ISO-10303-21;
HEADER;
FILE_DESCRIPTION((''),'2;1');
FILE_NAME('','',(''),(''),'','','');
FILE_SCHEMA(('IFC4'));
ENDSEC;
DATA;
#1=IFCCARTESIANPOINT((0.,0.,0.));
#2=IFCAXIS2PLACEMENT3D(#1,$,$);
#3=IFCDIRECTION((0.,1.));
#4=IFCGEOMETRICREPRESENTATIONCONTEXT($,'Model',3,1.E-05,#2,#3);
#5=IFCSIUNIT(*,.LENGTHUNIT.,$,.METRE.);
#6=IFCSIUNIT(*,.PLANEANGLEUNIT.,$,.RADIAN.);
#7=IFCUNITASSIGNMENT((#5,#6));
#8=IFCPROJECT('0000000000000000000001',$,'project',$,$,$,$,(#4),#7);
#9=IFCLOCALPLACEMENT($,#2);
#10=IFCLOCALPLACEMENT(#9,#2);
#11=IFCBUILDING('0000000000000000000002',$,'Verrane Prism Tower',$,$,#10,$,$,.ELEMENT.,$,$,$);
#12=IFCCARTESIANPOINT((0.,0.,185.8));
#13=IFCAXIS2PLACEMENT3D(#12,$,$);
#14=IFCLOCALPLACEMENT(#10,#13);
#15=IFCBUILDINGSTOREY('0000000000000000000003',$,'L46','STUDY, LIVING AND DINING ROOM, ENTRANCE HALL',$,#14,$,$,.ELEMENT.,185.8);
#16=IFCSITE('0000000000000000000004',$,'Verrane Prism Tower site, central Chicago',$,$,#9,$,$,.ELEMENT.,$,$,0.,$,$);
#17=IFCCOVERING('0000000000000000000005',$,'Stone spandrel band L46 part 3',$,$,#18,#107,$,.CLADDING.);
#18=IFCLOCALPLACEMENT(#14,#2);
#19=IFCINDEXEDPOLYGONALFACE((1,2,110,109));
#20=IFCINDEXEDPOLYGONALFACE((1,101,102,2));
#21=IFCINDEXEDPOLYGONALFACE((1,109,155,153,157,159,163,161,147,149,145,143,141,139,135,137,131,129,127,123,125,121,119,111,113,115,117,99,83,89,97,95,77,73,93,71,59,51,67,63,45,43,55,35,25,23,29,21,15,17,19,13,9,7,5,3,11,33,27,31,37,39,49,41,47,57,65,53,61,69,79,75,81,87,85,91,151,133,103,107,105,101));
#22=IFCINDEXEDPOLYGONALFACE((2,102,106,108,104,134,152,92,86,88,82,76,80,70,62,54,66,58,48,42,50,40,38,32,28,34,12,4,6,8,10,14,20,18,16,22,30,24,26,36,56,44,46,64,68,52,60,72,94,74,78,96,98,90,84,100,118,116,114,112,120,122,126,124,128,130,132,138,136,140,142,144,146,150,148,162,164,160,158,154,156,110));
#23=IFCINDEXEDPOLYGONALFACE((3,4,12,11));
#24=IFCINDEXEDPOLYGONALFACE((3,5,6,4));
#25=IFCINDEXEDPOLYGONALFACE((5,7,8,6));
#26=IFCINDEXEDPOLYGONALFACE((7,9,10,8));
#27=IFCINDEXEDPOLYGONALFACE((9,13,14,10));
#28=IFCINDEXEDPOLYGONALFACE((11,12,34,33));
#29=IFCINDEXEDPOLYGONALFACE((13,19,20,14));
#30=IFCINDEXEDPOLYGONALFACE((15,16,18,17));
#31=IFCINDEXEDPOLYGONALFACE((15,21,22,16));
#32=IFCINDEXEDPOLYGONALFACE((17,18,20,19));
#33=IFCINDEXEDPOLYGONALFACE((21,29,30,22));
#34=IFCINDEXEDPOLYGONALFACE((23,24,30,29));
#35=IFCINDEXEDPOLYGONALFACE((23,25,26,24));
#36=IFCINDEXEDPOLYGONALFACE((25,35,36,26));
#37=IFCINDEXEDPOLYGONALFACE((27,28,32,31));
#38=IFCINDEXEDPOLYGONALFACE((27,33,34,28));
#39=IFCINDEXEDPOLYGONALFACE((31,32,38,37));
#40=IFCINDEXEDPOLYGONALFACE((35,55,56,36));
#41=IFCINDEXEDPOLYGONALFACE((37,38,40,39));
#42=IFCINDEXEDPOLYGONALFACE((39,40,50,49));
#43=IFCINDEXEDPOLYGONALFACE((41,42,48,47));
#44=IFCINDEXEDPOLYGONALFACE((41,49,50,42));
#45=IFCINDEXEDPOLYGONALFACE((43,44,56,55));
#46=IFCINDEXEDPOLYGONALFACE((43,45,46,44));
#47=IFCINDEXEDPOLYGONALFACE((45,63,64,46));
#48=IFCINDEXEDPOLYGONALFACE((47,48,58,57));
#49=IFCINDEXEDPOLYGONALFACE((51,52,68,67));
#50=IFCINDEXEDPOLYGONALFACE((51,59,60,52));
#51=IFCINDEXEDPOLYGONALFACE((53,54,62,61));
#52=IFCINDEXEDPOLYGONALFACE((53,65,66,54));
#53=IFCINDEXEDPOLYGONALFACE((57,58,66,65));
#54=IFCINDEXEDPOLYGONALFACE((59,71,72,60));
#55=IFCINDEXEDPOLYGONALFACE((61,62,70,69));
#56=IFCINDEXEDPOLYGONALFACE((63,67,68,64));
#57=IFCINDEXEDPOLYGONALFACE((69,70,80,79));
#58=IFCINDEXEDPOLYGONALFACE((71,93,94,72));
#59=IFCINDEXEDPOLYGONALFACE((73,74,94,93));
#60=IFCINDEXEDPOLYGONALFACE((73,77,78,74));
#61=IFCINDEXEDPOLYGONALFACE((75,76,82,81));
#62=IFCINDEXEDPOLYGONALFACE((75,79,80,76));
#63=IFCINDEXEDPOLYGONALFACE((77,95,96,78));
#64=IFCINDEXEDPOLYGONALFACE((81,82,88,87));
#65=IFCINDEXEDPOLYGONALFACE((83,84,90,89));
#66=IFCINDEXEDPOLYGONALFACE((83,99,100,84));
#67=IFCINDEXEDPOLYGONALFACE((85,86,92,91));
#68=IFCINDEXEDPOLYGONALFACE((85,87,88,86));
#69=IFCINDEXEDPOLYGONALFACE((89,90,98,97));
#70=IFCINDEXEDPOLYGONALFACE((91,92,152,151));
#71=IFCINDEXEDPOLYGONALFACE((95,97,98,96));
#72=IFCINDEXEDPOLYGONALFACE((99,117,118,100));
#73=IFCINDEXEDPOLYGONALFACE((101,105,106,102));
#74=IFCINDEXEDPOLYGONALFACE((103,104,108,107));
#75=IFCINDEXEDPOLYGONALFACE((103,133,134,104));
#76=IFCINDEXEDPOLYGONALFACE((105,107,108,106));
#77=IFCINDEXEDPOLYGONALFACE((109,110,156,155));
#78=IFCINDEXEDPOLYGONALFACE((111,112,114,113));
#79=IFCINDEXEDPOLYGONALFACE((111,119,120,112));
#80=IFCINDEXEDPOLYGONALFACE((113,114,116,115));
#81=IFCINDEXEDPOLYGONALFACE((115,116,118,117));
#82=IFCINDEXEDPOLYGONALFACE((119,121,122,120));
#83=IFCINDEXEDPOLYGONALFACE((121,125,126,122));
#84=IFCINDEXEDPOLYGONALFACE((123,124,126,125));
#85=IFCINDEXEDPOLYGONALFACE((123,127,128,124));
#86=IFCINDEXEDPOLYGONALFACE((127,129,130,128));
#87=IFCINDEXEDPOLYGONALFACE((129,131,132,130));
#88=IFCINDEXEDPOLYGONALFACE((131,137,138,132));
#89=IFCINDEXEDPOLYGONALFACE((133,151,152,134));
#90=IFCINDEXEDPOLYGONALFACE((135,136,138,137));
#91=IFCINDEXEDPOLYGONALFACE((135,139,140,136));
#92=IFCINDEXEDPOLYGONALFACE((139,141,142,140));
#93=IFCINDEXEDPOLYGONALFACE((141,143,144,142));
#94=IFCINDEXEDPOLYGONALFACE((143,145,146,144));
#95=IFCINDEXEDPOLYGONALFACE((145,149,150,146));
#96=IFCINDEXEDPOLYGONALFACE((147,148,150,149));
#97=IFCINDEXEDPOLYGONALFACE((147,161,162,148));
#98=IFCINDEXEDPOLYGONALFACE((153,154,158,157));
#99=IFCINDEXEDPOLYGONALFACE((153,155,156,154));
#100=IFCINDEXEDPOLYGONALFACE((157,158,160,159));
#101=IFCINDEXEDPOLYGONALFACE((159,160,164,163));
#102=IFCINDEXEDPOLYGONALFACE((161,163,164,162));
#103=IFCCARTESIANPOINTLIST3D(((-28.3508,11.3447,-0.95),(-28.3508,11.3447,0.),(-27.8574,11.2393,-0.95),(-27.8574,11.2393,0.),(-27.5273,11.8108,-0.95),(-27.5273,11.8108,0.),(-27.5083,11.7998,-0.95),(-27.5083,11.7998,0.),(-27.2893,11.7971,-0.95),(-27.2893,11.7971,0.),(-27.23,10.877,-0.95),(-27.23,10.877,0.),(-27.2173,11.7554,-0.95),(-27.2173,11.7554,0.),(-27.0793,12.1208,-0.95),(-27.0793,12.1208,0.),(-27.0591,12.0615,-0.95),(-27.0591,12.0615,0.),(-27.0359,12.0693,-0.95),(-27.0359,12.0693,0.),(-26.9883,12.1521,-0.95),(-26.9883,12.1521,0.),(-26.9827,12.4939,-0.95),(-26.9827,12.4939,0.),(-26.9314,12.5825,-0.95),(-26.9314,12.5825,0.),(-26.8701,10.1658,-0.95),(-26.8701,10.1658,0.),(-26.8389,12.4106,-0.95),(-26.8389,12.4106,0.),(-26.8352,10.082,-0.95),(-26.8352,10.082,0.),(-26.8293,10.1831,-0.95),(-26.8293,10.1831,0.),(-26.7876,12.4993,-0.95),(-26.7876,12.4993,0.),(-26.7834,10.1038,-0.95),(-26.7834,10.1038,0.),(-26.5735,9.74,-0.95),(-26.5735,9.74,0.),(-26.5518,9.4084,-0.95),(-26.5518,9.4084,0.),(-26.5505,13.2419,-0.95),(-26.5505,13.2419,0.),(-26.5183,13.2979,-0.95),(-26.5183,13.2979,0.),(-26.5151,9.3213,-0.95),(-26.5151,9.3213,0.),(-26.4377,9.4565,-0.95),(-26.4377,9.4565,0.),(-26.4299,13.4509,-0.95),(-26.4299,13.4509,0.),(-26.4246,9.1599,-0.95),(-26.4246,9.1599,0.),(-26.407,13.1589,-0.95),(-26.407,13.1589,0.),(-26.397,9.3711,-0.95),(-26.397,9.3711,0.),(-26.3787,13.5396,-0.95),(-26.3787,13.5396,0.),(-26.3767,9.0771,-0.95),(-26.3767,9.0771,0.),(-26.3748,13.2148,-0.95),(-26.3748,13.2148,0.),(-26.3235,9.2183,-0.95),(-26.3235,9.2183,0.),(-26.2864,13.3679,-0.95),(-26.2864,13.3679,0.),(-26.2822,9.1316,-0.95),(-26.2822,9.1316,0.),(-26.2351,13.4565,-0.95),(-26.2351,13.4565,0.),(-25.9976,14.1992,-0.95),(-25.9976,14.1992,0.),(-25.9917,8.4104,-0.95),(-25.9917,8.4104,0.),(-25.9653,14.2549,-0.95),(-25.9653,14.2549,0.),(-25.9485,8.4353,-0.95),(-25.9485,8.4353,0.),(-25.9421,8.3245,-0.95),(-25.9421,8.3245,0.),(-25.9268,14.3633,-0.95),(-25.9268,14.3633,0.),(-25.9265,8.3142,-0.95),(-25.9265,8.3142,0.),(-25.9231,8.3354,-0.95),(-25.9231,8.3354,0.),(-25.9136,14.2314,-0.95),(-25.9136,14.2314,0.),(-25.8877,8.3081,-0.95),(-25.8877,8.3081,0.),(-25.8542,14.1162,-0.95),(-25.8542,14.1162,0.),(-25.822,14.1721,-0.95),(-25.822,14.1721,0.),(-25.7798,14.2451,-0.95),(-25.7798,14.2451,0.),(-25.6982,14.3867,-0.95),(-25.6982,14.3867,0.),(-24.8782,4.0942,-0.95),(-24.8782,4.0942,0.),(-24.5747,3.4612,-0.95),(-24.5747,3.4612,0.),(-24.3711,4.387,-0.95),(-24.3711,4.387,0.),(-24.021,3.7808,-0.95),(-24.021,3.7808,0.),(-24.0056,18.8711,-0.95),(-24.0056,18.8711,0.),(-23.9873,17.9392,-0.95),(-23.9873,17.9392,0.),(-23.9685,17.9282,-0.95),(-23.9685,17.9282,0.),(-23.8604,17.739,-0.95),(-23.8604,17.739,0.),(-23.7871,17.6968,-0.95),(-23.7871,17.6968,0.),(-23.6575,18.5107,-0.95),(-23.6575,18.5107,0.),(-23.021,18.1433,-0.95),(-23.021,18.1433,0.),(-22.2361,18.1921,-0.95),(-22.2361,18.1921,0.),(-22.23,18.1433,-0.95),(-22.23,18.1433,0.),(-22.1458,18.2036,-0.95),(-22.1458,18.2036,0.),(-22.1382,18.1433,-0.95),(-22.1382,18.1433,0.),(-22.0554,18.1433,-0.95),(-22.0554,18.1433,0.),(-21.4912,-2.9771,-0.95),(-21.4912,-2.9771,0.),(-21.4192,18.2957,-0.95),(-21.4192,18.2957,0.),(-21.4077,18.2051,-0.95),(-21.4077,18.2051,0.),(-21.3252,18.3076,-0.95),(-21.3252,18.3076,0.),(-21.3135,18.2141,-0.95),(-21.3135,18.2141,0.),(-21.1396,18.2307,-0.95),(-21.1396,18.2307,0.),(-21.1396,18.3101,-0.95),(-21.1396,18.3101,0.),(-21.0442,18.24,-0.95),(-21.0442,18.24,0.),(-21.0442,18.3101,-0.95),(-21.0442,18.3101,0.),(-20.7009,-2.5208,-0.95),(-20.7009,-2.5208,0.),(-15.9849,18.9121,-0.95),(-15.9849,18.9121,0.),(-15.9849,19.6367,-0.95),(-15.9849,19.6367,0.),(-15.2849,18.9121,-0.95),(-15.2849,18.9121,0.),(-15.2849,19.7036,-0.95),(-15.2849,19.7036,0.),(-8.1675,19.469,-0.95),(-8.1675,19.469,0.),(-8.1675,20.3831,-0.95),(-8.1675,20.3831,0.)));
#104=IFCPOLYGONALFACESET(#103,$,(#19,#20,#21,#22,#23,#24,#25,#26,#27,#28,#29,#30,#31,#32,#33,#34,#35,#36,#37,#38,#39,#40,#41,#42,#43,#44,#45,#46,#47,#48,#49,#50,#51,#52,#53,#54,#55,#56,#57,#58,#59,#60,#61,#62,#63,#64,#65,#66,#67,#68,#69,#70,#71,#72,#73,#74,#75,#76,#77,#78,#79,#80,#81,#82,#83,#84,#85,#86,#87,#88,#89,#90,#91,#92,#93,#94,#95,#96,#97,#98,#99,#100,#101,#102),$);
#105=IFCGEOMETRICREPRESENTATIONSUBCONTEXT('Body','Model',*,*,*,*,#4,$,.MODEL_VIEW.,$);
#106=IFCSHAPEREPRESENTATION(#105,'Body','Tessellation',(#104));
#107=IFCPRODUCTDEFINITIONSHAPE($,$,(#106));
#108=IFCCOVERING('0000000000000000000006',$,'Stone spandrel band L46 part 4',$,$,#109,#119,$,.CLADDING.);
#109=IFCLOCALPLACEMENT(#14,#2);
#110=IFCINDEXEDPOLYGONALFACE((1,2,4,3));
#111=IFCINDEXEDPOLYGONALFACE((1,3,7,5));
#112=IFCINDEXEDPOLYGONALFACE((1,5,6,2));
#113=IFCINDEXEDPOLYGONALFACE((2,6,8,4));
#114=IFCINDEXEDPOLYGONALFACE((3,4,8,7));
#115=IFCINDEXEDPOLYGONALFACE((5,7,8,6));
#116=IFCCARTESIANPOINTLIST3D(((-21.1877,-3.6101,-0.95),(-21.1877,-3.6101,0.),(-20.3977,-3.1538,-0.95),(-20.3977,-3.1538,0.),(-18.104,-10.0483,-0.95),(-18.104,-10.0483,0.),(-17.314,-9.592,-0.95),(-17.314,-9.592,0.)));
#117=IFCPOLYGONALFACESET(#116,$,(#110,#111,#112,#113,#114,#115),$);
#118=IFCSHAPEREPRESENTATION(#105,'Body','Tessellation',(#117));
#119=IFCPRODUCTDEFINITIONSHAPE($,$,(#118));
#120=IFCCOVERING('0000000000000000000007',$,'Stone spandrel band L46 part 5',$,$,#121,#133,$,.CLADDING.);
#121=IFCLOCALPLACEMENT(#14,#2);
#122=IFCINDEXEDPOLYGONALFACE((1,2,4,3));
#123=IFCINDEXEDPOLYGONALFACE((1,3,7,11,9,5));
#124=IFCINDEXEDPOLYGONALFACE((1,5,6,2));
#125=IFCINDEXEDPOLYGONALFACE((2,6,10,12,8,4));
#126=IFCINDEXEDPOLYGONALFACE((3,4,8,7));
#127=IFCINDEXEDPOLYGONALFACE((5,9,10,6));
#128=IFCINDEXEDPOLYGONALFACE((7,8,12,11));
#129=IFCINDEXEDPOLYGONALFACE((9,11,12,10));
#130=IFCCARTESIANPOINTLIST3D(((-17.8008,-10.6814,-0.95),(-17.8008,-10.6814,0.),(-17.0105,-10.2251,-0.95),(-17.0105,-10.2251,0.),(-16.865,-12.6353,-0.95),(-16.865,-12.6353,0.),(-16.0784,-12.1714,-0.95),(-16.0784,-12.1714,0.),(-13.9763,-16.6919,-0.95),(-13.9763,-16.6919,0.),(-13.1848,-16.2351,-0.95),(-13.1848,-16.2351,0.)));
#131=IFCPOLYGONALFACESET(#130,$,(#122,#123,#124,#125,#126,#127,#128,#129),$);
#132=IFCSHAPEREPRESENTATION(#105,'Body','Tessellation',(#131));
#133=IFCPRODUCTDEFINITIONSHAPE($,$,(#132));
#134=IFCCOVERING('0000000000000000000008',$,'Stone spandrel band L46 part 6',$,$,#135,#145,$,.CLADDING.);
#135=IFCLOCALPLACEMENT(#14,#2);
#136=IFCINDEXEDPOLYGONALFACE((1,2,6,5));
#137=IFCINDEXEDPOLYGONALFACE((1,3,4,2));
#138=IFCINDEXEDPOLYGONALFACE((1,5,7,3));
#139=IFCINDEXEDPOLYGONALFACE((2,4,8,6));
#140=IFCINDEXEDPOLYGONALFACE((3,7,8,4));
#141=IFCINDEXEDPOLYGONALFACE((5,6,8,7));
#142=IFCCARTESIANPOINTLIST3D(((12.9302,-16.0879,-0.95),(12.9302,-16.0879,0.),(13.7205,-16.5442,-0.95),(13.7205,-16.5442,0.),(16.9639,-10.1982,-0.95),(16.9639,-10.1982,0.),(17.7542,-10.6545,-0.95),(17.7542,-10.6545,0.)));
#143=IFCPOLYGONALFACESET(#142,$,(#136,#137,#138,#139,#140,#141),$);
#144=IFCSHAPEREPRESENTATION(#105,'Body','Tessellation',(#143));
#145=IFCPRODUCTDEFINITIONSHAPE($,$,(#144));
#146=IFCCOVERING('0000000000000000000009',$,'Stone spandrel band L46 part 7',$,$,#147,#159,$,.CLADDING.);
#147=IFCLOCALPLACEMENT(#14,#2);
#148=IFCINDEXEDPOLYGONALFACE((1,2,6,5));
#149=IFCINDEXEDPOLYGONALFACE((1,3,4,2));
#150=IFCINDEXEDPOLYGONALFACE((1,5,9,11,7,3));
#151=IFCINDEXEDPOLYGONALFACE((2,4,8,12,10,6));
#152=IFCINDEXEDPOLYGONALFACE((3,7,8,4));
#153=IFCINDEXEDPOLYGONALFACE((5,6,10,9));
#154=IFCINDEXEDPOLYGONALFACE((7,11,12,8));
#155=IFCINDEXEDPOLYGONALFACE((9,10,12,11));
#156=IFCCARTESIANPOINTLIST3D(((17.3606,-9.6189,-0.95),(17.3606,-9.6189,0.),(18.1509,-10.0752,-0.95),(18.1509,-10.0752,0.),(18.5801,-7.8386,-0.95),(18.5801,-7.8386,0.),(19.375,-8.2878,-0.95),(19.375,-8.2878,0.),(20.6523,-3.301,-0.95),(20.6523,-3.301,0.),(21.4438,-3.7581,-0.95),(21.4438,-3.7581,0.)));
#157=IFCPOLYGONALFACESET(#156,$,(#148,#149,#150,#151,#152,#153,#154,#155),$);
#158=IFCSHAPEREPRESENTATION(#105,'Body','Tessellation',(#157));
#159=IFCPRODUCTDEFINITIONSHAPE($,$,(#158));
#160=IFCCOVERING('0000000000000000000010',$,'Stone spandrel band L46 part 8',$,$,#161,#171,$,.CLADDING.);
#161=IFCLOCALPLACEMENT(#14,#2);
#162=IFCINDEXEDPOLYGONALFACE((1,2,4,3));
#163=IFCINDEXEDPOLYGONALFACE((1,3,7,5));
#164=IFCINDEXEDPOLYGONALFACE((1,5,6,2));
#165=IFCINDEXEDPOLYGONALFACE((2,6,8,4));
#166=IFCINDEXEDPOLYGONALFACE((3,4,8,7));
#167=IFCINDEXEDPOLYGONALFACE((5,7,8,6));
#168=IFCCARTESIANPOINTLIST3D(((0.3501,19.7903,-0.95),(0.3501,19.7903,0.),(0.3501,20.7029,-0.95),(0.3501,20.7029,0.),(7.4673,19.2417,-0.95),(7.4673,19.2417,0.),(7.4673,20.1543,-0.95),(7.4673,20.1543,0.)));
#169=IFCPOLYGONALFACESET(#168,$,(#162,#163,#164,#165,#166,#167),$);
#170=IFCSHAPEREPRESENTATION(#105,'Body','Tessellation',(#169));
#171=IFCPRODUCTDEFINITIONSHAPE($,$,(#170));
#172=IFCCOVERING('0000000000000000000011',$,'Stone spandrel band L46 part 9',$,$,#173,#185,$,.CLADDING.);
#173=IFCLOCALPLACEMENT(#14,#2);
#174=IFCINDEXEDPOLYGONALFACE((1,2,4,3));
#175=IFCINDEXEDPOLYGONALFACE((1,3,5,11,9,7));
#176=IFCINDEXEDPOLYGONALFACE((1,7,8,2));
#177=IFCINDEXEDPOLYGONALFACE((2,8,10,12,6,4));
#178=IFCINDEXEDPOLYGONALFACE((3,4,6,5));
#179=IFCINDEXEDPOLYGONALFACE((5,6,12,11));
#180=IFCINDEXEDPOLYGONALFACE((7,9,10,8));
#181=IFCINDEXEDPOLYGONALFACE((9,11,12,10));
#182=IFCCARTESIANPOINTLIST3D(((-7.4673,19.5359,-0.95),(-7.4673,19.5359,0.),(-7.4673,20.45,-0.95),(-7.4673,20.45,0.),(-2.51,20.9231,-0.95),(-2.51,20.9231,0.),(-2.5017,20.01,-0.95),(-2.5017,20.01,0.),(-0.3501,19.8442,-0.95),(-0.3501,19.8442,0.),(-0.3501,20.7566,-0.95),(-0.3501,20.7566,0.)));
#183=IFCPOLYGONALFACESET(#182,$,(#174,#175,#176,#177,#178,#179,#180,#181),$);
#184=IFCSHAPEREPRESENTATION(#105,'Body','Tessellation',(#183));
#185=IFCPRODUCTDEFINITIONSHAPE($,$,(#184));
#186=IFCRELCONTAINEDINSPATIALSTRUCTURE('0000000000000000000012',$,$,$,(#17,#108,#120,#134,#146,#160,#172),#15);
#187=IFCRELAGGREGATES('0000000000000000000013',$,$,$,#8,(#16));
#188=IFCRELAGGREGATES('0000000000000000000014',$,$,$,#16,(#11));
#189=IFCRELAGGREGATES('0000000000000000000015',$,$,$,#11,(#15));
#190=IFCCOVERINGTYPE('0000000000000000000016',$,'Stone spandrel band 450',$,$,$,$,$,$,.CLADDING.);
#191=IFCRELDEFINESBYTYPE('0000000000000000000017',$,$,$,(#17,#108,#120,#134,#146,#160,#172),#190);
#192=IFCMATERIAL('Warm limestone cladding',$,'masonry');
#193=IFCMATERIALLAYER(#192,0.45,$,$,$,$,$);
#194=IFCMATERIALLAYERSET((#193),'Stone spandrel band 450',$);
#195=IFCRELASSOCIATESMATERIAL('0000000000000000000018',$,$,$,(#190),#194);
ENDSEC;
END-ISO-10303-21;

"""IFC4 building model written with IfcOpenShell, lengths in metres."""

from ifc_helpers import new_model, si_unit, direction, frame, origin, place, context, subcontext, project, spatial, polyline, outline, extrude, material, layer, layer_set, type_object, element, save


model = new_model("IFC4")

# Units and contexts
model_context = context("Model", 3, precision=1e-05, world=origin(), true_north=direction((0.0, 1.0)))
body_context = subcontext(model_context, "Body", "Model", "MODEL_VIEW")
ifc_project = project(units=[si_unit("LENGTHUNIT", "METRE"), si_unit("PLANEANGLEUNIT", "RADIAN")], contexts=[model_context])

# Site, building, storey
site_placement = place(None, origin())
site = spatial("IfcSite", under=ifc_project, at=site_placement, Name="Verrane Prism Tower site, central Chicago", CompositionType="ELEMENT", RefElevation=0.0)
building_placement = place(site_placement, origin())
building = spatial("IfcBuilding", under=site, at=building_placement, Name="Verrane Prism Tower", CompositionType="ELEMENT")
storey_placement = place(building_placement, frame((0.0, 0.0, 185.8)))
storey = spatial("IfcBuildingStorey", under=building, at=storey_placement, Name="L46", Description="STUDY, LIVING AND DINING ROOM, ENTRANCE HALL", CompositionType="ELEMENT", Elevation=185.8)

# Coverings
ifc_material_1 = material(Name="Warm limestone cladding", Category="masonry")
ifc_layer_1 = layer(ifc_material_1, 0.45)
ifc_layer_set_1 = layer_set([ifc_layer_1], Name="Stone spandrel band 450")
covering_type = type_object("IfcCoveringType", Name="Stone spandrel band 450", PredefinedType="CLADDING", material=ifc_layer_set_1)
covering_1_placement = place(storey_placement, frame((0.0, 0.0, -0.95)))
element("IfcCovering", 1, at=covering_1_placement, inside=storey, type_object=covering_type, Name="Stone spandrel band L46 part 3", PredefinedType="CLADDING", context=body_context, shape_type="SweptSolid", body=[
    extrude(outline(polyline([(-25.7798, 14.2451), (-25.9136, 14.2314), (-25.9268, 14.3633), (-25.6982, 14.3867), (-23.7871, 17.6968), (-23.8604, 17.739), (-23.9685, 17.9282), (-23.9873, 17.9392), (-23.6575, 18.5107), (-23.021, 18.1433), (-22.23, 18.1433), (-22.2361, 18.1921), (-22.1458, 18.2036), (-22.1382, 18.1433), (-22.0554, 18.1433), (-21.4077, 18.2051), (-21.4192, 18.2957), (-21.3252, 18.3076), (-21.3135, 18.2141), (-21.1396, 18.2307), (-21.1396, 18.3101), (-21.0442, 18.3101), (-21.0442, 18.24), (-8.1675, 19.469), (-8.1675, 20.3831), (-15.2849, 19.7036), (-15.2849, 18.9121), (-15.9849, 18.9121), (-15.9849, 19.6367), (-24.0056, 18.8711), (-28.3508, 11.3447), (-24.8782, 4.0942), (-24.3711, 4.387), (-24.021, 3.7808), (-24.5747, 3.4612), (-21.4912, -2.9771), (-20.7009, -2.5208), (-25.8877, 8.3081), (-25.9265, 8.3142), (-25.9231, 8.3354), (-25.9421, 8.3245), (-25.9917, 8.4104), (-25.9485, 8.4353), (-26.2822, 9.1316), (-26.3767, 9.0771), (-26.4246, 9.1599), (-26.3235, 9.2183), (-26.397, 9.3711), (-26.5151, 9.3213), (-26.5518, 9.4084), (-26.4377, 9.4565), (-26.5735, 9.74), (-26.7834, 10.1038), (-26.8352, 10.082), (-26.8701, 10.1658), (-26.8293, 10.1831), (-27.23, 10.877), (-27.8574, 11.2393), (-27.5273, 11.8108), (-27.5083, 11.7998), (-27.2893, 11.7971), (-27.2173, 11.7554), (-27.0359, 12.0693), (-27.0591, 12.0615), (-27.0793, 12.1208), (-26.9883, 12.1521), (-26.8389, 12.4106), (-26.9827, 12.4939), (-26.9314, 12.5825), (-26.7876, 12.4993), (-26.407, 13.1589), (-26.5505, 13.2419), (-26.5183, 13.2979), (-26.3748, 13.2148), (-26.2864, 13.3679), (-26.4299, 13.4509), (-26.3787, 13.5396), (-26.2351, 13.4565), (-25.8542, 14.1162), (-25.9976, 14.1992), (-25.9653, 14.2549), (-25.822, 14.1721), (-25.7798, 14.2451)])), origin(), (0.0, 0.0, 1.0), 0.95),
])
covering_2_placement = place(storey_placement, frame((0.0, 0.0, -0.95)))
element("IfcCovering", 2, at=covering_2_placement, inside=storey, type_object=covering_type, Name="Stone spandrel band L46 part 4", PredefinedType="CLADDING", context=body_context, shape_type="SweptSolid", body=[
    extrude(outline(polyline([(-17.314, -9.592), (-20.3977, -3.1538), (-21.1877, -3.6101), (-18.104, -10.0483), (-17.314, -9.592)])), origin(), (0.0, 0.0, 1.0), 0.95),
])
covering_3_placement = place(storey_placement, frame((0.0, 0.0, -0.95)))
element("IfcCovering", 3, at=covering_3_placement, inside=storey, type_object=covering_type, Name="Stone spandrel band L46 part 5", PredefinedType="CLADDING", context=body_context, shape_type="SweptSolid", body=[
    extrude(outline(polyline([(-13.1848, -16.2351), (-16.0784, -12.1714), (-17.0105, -10.2251), (-17.8008, -10.6814), (-16.865, -12.6353), (-13.9763, -16.6919), (-13.1848, -16.2351)])), origin(), (0.0, 0.0, 1.0), 0.95),
])
covering_4_placement = place(storey_placement, frame((0.0, 0.0, -0.95)))
element("IfcCovering", 4, at=covering_4_placement, inside=storey, type_object=covering_type, Name="Stone spandrel band L46 part 6", PredefinedType="CLADDING", context=body_context, shape_type="SweptSolid", body=[
    extrude(outline(polyline([(17.7542, -10.6545), (16.9639, -10.1982), (12.9302, -16.0879), (13.7205, -16.5442), (17.7542, -10.6545)])), origin(), (0.0, 0.0, 1.0), 0.95),
])
covering_5_placement = place(storey_placement, frame((0.0, 0.0, -0.95)))
element("IfcCovering", 5, at=covering_5_placement, inside=storey, type_object=covering_type, Name="Stone spandrel band L46 part 7", PredefinedType="CLADDING", context=body_context, shape_type="SweptSolid", body=[
    extrude(outline(polyline([(20.6523, -3.301), (18.5801, -7.8386), (17.3606, -9.6189), (18.1509, -10.0752), (19.375, -8.2878), (21.4438, -3.7581), (20.6523, -3.301)])), origin(), (0.0, 0.0, 1.0), 0.95),
])
covering_6_placement = place(storey_placement, frame((0.0, 0.0, -0.95)))
element("IfcCovering", 6, at=covering_6_placement, inside=storey, type_object=covering_type, Name="Stone spandrel band L46 part 8", PredefinedType="CLADDING", context=body_context, shape_type="SweptSolid", body=[
    extrude(outline(polyline([(0.3501, 19.7903), (7.4673, 19.2417), (7.4673, 20.1543), (0.3501, 20.7029), (0.3501, 19.7903)])), origin(), (0.0, 0.0, 1.0), 0.95),
])
covering_7_placement = place(storey_placement, frame((0.0, 0.0, -0.95)))
element("IfcCovering", 7, at=covering_7_placement, inside=storey, type_object=covering_type, Name="Stone spandrel band L46 part 9", PredefinedType="CLADDING", context=body_context, shape_type="SweptSolid", body=[
    extrude(outline(polyline([(-7.4673, 20.45), (-7.4673, 19.5359), (-2.5017, 20.01), (-0.3501, 19.8442), (-0.3501, 20.7566), (-2.51, 20.9231), (-7.4673, 20.45)])), origin(), (0.0, 0.0, 1.0), 0.95),
])

save(model, "model.ifc")
